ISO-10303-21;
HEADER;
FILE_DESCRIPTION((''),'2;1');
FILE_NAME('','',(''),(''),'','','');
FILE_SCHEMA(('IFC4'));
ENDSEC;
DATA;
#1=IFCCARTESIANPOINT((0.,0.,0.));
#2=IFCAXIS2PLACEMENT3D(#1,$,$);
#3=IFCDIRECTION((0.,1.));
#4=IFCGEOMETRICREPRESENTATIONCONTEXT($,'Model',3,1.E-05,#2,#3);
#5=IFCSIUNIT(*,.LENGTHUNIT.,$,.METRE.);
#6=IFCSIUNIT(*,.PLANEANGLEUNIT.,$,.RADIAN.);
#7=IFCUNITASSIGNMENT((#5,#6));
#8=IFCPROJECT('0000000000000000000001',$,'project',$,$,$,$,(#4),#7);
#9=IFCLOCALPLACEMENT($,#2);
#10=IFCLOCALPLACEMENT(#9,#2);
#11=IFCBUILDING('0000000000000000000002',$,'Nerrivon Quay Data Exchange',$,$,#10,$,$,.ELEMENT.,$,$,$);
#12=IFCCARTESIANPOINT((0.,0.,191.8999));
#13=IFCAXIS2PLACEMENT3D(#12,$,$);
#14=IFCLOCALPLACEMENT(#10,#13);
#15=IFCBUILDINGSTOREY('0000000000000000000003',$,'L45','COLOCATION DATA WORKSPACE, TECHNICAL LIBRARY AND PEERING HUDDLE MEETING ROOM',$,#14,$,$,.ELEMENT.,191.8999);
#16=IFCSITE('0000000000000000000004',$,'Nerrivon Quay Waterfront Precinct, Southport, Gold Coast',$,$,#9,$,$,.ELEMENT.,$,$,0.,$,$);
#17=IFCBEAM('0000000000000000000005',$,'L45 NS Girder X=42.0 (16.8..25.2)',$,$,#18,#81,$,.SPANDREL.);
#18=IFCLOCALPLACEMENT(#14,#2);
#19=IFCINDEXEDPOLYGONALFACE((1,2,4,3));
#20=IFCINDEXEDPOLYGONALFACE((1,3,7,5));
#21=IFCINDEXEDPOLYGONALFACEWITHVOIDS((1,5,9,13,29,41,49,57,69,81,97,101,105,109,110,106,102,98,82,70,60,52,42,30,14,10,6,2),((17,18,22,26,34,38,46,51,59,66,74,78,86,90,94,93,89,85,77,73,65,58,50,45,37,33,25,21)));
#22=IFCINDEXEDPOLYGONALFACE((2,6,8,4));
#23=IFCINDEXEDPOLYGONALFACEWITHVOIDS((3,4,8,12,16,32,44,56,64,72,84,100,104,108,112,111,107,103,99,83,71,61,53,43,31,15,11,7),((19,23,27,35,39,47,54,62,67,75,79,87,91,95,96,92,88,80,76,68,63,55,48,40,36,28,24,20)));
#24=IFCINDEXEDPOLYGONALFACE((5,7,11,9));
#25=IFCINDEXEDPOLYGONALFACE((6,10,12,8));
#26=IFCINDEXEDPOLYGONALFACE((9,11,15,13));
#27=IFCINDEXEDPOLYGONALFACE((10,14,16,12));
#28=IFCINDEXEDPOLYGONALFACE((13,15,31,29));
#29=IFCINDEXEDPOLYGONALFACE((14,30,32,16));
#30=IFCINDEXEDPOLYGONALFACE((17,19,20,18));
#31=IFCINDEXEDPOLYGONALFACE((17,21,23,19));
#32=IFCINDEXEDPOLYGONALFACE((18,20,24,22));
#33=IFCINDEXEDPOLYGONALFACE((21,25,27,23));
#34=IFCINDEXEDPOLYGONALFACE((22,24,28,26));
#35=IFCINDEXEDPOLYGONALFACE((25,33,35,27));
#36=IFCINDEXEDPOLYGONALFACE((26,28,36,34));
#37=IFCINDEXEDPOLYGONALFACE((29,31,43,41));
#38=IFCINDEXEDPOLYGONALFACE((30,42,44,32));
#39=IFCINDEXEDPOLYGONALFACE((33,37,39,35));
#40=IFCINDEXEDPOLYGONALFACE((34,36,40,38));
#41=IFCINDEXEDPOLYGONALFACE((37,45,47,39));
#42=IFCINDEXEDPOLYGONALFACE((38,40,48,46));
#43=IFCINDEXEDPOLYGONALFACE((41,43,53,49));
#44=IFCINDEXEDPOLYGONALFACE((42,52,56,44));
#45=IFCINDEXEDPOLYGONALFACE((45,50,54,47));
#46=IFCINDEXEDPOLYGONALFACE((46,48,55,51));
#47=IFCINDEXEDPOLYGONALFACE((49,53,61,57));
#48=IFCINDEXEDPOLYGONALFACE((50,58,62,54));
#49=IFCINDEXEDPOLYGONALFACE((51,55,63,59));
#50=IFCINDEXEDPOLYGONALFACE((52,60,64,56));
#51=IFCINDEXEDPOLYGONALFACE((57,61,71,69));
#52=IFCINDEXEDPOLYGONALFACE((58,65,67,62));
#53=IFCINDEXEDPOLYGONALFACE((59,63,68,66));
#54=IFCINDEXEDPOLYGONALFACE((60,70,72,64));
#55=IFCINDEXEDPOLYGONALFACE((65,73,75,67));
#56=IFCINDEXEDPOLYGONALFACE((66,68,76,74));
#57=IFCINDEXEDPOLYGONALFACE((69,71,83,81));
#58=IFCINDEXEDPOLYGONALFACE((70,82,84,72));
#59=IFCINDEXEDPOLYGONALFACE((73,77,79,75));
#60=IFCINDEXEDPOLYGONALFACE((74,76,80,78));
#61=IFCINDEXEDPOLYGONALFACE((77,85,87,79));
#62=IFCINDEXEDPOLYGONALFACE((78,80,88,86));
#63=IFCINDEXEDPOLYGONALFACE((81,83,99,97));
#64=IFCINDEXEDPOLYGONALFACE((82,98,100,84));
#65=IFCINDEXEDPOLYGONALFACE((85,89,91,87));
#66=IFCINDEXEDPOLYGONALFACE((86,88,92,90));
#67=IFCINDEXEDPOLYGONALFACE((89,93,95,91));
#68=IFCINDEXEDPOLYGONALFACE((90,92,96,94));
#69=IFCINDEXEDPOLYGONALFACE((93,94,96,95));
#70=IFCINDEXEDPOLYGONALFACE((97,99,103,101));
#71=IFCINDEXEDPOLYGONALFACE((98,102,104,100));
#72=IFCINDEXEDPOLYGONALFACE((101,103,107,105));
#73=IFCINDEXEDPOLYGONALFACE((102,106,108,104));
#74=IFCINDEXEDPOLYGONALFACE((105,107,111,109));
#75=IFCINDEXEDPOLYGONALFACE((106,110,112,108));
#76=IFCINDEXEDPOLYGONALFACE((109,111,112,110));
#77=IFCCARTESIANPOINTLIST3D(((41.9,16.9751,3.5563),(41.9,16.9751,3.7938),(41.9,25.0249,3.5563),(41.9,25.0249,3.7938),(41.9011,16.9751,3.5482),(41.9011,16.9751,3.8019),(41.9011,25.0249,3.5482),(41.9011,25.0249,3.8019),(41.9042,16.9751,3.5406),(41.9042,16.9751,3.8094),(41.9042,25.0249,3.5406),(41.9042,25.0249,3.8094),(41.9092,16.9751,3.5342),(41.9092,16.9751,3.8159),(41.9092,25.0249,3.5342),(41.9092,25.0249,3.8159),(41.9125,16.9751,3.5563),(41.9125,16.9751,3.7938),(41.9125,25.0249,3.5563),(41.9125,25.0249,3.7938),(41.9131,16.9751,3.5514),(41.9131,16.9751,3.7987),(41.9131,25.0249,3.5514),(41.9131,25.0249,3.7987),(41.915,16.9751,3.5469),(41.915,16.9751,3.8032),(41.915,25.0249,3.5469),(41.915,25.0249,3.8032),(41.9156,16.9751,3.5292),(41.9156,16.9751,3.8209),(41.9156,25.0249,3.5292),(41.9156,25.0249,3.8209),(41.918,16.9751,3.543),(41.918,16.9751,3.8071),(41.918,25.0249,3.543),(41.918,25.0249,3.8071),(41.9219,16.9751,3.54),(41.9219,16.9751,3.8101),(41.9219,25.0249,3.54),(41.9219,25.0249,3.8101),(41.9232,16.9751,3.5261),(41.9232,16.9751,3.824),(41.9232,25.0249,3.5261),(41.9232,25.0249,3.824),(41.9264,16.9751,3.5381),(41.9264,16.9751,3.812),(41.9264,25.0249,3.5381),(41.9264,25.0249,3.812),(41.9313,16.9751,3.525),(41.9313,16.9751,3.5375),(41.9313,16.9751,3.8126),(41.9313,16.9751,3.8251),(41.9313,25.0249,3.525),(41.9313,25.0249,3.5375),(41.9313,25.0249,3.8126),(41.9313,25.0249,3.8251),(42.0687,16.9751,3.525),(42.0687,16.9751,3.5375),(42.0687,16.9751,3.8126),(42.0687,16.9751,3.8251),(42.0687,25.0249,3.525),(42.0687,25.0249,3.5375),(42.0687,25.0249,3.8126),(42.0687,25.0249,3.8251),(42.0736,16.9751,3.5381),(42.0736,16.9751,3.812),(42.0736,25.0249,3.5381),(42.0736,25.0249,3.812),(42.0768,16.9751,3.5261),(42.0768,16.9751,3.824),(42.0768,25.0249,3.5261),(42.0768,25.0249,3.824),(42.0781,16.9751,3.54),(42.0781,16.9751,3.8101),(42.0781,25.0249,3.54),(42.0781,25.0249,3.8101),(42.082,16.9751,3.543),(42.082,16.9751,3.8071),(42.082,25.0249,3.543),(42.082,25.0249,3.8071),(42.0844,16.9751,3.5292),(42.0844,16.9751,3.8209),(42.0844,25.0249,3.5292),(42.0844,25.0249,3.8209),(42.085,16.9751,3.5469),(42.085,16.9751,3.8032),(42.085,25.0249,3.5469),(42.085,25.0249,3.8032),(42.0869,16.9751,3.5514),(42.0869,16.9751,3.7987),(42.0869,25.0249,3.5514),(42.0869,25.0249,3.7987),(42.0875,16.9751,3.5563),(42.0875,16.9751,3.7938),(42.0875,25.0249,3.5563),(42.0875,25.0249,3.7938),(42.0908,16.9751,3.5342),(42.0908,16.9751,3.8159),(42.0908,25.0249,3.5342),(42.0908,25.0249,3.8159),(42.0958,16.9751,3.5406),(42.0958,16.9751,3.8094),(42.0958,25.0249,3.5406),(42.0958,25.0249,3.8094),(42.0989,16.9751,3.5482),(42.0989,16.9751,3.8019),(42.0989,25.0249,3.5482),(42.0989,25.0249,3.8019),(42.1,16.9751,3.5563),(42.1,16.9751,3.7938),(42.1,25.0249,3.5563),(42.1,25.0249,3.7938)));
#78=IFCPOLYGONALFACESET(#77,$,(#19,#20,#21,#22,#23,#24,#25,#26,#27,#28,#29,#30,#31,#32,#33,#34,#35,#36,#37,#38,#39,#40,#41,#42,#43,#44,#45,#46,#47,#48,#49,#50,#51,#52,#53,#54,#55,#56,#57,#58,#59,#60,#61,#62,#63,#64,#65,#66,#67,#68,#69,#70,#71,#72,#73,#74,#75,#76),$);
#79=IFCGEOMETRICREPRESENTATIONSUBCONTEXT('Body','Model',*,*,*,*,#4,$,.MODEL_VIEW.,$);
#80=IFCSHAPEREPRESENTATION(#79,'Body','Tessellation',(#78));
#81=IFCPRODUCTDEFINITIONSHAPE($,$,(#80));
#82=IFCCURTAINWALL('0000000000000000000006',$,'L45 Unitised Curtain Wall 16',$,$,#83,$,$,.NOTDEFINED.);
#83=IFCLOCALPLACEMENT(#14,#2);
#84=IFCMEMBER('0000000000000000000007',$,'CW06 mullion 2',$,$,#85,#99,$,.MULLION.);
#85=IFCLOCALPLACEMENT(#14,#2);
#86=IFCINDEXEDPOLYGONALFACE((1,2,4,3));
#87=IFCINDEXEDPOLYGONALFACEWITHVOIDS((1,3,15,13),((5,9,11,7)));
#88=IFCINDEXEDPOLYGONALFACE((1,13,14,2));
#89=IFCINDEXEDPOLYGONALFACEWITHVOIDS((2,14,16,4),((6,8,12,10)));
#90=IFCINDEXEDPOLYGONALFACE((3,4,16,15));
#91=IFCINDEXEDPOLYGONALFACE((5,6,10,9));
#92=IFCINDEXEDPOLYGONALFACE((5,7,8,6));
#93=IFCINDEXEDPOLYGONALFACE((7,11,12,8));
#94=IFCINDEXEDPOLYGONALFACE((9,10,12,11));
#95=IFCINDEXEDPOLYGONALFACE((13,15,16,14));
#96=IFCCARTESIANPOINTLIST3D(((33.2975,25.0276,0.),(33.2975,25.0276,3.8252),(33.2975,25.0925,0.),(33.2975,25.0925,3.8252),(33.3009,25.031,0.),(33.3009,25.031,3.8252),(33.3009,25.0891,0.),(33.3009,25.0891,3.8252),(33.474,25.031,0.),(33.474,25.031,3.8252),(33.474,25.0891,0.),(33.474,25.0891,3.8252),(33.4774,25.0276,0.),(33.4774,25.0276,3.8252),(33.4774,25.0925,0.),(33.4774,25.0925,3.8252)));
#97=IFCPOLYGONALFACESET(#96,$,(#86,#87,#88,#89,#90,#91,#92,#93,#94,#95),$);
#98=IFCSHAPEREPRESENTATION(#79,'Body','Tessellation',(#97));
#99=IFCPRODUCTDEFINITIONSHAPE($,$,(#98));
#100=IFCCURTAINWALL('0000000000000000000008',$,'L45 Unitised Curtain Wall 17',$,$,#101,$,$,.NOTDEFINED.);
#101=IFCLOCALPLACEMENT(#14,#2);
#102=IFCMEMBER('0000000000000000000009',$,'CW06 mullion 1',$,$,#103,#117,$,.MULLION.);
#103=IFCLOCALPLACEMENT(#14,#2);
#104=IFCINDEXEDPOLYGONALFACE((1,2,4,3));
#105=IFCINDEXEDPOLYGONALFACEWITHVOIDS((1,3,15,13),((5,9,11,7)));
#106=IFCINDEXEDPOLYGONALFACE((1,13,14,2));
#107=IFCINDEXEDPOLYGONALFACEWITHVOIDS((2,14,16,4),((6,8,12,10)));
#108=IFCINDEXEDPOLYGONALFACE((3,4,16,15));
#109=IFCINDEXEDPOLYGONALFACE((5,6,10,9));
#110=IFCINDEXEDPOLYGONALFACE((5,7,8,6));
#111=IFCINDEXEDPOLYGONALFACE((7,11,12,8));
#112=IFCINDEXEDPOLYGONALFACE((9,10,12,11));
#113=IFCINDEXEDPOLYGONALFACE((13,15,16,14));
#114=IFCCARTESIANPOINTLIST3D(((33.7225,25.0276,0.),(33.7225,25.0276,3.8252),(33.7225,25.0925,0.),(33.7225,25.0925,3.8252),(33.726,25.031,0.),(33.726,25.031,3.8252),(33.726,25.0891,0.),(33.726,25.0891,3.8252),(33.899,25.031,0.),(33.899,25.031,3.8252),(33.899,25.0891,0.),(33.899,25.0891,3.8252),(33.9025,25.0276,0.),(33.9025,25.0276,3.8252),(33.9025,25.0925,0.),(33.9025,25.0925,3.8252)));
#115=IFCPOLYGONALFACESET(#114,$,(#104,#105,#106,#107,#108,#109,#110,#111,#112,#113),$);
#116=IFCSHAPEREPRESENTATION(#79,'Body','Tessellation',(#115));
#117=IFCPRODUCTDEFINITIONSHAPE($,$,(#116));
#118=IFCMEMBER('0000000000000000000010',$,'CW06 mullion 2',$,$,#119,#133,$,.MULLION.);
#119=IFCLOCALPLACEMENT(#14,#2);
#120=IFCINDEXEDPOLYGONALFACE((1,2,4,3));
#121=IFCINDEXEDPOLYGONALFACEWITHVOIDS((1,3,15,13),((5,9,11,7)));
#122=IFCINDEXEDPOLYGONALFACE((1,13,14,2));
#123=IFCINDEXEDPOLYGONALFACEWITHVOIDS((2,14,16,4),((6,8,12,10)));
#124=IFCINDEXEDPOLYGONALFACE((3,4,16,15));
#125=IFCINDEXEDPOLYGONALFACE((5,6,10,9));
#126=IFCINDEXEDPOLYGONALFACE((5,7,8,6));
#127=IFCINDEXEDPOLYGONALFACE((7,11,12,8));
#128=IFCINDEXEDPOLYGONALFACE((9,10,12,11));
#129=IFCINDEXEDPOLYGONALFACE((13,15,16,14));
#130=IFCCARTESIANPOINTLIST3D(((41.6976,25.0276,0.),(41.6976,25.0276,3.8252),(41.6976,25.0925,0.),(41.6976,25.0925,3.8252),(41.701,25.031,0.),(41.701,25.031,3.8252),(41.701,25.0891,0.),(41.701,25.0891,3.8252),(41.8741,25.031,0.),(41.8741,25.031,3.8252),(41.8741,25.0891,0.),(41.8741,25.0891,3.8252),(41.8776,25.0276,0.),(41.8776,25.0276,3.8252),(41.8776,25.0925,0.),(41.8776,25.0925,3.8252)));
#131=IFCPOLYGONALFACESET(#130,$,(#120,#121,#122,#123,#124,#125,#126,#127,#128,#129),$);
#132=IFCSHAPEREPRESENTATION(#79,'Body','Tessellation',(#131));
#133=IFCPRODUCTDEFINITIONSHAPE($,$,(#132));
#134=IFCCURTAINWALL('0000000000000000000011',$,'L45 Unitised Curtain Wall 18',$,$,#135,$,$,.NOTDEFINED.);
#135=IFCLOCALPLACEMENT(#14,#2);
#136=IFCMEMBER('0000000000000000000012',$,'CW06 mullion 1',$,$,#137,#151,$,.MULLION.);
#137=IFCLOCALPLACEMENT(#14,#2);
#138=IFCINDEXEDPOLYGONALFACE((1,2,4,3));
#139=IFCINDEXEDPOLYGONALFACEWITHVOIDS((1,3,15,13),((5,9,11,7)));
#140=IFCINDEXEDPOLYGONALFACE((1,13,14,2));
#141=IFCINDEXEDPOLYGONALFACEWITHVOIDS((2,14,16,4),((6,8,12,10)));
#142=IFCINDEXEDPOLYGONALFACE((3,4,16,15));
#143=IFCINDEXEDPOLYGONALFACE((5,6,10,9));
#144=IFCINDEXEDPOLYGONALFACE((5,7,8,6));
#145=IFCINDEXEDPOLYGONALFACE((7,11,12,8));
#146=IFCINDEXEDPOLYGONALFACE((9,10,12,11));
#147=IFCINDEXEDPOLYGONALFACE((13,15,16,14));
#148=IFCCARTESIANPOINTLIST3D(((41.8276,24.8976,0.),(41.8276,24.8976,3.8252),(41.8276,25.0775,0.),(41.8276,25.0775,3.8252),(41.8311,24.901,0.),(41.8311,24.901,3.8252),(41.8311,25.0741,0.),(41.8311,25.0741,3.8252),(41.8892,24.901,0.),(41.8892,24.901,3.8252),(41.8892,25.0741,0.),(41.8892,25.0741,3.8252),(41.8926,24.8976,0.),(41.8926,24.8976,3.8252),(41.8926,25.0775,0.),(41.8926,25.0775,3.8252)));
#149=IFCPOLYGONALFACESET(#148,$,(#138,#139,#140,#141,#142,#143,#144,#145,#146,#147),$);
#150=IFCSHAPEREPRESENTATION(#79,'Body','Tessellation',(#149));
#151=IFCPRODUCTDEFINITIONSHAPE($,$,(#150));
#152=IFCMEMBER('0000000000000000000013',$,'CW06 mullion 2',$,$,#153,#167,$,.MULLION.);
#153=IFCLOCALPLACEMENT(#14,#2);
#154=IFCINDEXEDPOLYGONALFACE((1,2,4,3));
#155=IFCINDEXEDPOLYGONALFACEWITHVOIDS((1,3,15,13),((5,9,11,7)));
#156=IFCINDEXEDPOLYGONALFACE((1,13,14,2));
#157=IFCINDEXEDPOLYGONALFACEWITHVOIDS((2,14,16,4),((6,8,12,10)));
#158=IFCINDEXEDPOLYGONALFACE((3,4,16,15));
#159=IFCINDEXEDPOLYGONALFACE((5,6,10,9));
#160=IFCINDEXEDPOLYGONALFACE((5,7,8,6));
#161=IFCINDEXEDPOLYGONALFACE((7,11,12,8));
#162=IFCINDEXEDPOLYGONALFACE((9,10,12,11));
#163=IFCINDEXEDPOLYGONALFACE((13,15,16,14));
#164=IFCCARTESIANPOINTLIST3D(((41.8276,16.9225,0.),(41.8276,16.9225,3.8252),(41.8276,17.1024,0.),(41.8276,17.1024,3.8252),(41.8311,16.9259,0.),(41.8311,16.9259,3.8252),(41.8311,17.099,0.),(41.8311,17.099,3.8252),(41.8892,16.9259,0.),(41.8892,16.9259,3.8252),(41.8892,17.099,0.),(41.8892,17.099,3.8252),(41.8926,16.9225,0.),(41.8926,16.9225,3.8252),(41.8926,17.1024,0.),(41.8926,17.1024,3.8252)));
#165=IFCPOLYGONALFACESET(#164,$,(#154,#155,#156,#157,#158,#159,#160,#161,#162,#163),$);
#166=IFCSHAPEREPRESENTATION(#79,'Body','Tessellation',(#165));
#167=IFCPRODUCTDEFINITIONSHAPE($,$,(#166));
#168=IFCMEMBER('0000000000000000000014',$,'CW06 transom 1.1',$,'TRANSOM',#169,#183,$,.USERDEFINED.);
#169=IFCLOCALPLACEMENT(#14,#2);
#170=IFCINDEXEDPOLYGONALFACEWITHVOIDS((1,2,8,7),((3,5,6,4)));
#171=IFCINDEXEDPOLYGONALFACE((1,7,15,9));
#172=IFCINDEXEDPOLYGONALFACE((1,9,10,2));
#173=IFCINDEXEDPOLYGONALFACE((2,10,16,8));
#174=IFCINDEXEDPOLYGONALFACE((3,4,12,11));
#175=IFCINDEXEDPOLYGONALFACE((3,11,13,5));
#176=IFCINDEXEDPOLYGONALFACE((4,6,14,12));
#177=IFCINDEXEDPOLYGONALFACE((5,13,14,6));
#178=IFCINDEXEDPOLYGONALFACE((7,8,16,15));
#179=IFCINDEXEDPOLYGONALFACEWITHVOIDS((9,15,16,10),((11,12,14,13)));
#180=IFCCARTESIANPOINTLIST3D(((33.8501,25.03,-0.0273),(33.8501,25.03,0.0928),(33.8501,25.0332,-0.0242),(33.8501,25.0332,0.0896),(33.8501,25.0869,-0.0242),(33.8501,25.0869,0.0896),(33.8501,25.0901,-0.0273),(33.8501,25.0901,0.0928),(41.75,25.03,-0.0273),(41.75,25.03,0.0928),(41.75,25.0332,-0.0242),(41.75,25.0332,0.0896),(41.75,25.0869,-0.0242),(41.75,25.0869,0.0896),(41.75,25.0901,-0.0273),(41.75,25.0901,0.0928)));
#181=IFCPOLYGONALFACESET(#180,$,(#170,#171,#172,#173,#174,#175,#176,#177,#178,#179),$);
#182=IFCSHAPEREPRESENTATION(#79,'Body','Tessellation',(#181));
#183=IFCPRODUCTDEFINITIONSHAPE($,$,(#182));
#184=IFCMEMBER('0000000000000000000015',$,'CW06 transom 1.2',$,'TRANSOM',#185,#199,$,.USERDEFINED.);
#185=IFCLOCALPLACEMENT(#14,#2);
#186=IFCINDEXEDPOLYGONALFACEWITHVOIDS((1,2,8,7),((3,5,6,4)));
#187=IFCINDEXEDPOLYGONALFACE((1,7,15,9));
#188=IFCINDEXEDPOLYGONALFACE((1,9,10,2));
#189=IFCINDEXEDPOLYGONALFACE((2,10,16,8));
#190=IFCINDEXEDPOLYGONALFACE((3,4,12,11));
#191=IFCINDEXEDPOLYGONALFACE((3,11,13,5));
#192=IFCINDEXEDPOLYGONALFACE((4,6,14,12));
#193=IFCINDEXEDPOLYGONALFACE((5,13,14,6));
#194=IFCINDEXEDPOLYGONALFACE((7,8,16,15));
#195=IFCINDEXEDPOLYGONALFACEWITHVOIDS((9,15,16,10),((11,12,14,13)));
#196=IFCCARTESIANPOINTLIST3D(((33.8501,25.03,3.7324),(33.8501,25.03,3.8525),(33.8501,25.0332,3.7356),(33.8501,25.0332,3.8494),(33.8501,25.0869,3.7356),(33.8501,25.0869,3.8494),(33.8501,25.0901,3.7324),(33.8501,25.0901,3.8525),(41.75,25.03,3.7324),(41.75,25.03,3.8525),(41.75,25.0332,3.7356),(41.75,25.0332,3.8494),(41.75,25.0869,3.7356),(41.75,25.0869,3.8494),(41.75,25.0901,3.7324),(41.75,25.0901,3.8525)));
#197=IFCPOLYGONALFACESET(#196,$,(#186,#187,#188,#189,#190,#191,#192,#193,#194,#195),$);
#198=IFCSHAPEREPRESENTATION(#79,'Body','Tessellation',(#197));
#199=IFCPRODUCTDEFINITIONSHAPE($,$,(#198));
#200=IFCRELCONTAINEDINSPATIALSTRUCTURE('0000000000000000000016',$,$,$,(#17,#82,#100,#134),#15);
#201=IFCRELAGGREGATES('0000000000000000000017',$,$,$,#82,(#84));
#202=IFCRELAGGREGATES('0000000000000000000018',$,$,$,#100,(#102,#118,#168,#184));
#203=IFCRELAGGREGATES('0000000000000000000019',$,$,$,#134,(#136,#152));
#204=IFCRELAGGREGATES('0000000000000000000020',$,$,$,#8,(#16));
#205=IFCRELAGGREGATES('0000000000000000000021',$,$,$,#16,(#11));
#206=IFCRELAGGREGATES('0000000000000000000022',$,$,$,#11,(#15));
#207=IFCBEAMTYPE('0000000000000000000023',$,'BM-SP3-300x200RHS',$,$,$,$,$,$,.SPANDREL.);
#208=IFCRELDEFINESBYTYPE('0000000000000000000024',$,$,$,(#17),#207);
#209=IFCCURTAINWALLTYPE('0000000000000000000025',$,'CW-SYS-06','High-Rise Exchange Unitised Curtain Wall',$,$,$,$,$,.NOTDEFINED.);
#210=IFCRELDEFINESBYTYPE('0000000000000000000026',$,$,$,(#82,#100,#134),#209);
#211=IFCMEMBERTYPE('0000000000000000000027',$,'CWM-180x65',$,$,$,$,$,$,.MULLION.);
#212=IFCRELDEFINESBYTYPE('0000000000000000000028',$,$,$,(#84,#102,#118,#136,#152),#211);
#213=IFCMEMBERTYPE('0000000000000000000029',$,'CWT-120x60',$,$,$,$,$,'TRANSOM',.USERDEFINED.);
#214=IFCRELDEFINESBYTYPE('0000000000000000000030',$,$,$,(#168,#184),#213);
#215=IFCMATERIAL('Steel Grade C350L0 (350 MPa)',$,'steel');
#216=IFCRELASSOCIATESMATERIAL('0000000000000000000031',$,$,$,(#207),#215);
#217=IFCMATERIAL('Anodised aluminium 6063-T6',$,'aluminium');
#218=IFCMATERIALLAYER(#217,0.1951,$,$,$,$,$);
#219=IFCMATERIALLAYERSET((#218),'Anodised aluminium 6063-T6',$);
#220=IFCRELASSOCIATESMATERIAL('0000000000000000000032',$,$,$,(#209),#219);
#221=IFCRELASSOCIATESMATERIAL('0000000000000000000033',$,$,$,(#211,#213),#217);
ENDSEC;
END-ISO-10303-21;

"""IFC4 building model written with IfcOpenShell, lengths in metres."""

from ifc_helpers import new_model, si_unit, direction, frame, origin, origin_2d, place, context, subcontext, project, spatial, hollow_rectangle, extrude, material, layer, layer_set, material_profile, profile_set, type_object, element, aggregate, save


model = new_model("IFC4")

# Units and contexts
model_context = context("Model", 3, precision=1e-05, world=origin(), true_north=direction((0.0, 1.0)))
body_context = subcontext(model_context, "Body", "Model", "MODEL_VIEW")
ifc_project = project(units=[si_unit("LENGTHUNIT", "METRE"), si_unit("PLANEANGLEUNIT", "RADIAN")], contexts=[model_context])

# Site, building, storey
site_placement = place(None, origin())
site = spatial("IfcSite", under=ifc_project, at=site_placement, Name="Nerrivon Quay Waterfront Precinct, Southport, Gold Coast", CompositionType="ELEMENT", RefElevation=0.0)
building_placement = place(site_placement, origin())
building = spatial("IfcBuilding", under=site, at=building_placement, Name="Nerrivon Quay Data Exchange", CompositionType="ELEMENT")
storey_placement = place(building_placement, frame((0.0, 0.0, 191.8999)))
storey = spatial("IfcBuildingStorey", under=building, at=storey_placement, Name="L45", Description="COLOCATION DATA WORKSPACE, TECHNICAL LIBRARY AND PEERING HUDDLE MEETING ROOM", CompositionType="ELEMENT", Elevation=191.8999)

# Beam
ifc_material_1 = material(Name="Steel Grade C350L0 (350 MPa)", Category="steel")
ifc_material_profile_1 = material_profile(ifc_material_1, hollow_rectangle(XDim=0.2, YDim=0.3, WallThickness=0.0125, InnerFilletRadius=0.0188, OuterFilletRadius=0.0312, at=origin_2d()), Name="300x200x12.5RHS")
ifc_profile_set_1 = profile_set([ifc_material_profile_1], Name="Steel Grade C350L0 (350 MPa)")
beam_type_1 = type_object("IfcBeamType", Name="BM-SP3-300x200RHS", PredefinedType="SPANDREL", material=ifc_profile_set_1)
beam_1_placement = place(storey_placement, frame((42.0, 16.9751, 3.675), z_axis=(0.0, 1.0, 0.0), x_axis=(-1.0, 0.0, 0.0)))
element("IfcBeam", 1, at=beam_1_placement, inside=storey, type_object=beam_type_1, Name="L45 NS Girder X=42.0 (16.8..25.2)", PredefinedType="SPANDREL", context=body_context, shape_type="SweptSolid", body=[
    extrude(hollow_rectangle(XDim=0.2, YDim=0.3, WallThickness=0.0125, InnerFilletRadius=0.0188, OuterFilletRadius=0.0312, at=origin_2d()), origin(), (0.0, 0.0, 1.0), 8.0498),
])

# Curtain wall, member
ifc_material_2 = material(Name="Anodised aluminium 6063-T6", Category="aluminium")
ifc_layer_1 = layer(ifc_material_2, 0.1951)
ifc_layer_set_1 = layer_set([ifc_layer_1], Name="Anodised aluminium 6063-T6")
curtain_wall_type = type_object("IfcCurtainWallType", Name="CW-SYS-06", Description="High-Rise Exchange Unitised Curtain Wall", PredefinedType="NOTDEFINED", material=ifc_layer_set_1)
curtain_wall_1_placement = place(storey_placement, origin())
curtain_wall_1 = element("IfcCurtainWall", 2, at=curtain_wall_1_placement, inside=storey, type_object=curtain_wall_type, Name="L45 Unitised Curtain Wall 16", PredefinedType="NOTDEFINED")
ifc_material_profile_2 = material_profile(ifc_material_2, hollow_rectangle(XDim=0.0649, YDim=0.1799, WallThickness=0.0034, at=origin_2d()), Name="ALU-MULL-180x65")
ifc_profile_set_2 = profile_set([ifc_material_profile_2], Name="Anodised aluminium 6063-T6")
member_type_1 = type_object("IfcMemberType", Name="CWM-180x65", PredefinedType="MULLION", material=ifc_profile_set_2)
member_1_placement = place(storey_placement, frame((33.3875, 25.0601, 0.0), z_axis=(0.0, 0.0, 1.0), x_axis=(0.0, 1.0, 0.0)))
member_1 = element("IfcMember", 3, at=member_1_placement, type_object=member_type_1, Name="CW06 mullion 2", PredefinedType="MULLION", context=body_context, shape_type="SweptSolid", body=[
    extrude(hollow_rectangle(XDim=0.0649, YDim=0.1799, WallThickness=0.0034, at=origin_2d()), origin(), (0.0, 0.0, 1.0), 3.8252),
])

# Curtain walls, members
curtain_wall_2_placement = place(storey_placement, origin())
curtain_wall_2 = element("IfcCurtainWall", 4, at=curtain_wall_2_placement, inside=storey, type_object=curtain_wall_type, Name="L45 Unitised Curtain Wall 17", PredefinedType="NOTDEFINED")
member_2_placement = place(storey_placement, frame((33.8125, 25.0601, 0.0), z_axis=(0.0, 0.0, 1.0), x_axis=(0.0, 1.0, 0.0)))
member_2 = element("IfcMember", 5, at=member_2_placement, type_object=member_type_1, Name="CW06 mullion 1", PredefinedType="MULLION", context=body_context, shape_type="SweptSolid", body=[
    extrude(hollow_rectangle(XDim=0.0649, YDim=0.1799, WallThickness=0.0034, at=origin_2d()), origin(), (0.0, 0.0, 1.0), 3.8252),
])
member_3_placement = place(storey_placement, frame((41.7876, 25.0601, 0.0), z_axis=(0.0, 0.0, 1.0), x_axis=(0.0, 1.0, 0.0)))
member_3 = element("IfcMember", 6, at=member_3_placement, type_object=member_type_1, Name="CW06 mullion 2", PredefinedType="MULLION", context=body_context, shape_type="SweptSolid", body=[
    extrude(hollow_rectangle(XDim=0.0649, YDim=0.1799, WallThickness=0.0034, at=origin_2d()), origin(), (0.0, 0.0, 1.0), 3.8252),
])
curtain_wall_3_placement = place(storey_placement, origin())
curtain_wall_3 = element("IfcCurtainWall", 7, at=curtain_wall_3_placement, inside=storey, type_object=curtain_wall_type, Name="L45 Unitised Curtain Wall 18", PredefinedType="NOTDEFINED")
member_4_placement = place(storey_placement, frame((41.8601, 24.9875, 0.0), z_axis=(0.0, 0.0, 1.0), x_axis=(1.0, 0.0, 0.0)))
member_4 = element("IfcMember", 8, at=member_4_placement, type_object=member_type_1, Name="CW06 mullion 1", PredefinedType="MULLION", context=body_context, shape_type="SweptSolid", body=[
    extrude(hollow_rectangle(XDim=0.0649, YDim=0.1799, WallThickness=0.0034, at=origin_2d()), origin(), (0.0, 0.0, 1.0), 3.8252),
])
member_5_placement = place(storey_placement, frame((41.8601, 17.0125, 0.0), z_axis=(0.0, 0.0, 1.0), x_axis=(1.0, 0.0, 0.0)))
member_5 = element("IfcMember", 9, at=member_5_placement, type_object=member_type_1, Name="CW06 mullion 2", PredefinedType="MULLION", context=body_context, shape_type="SweptSolid", body=[
    extrude(hollow_rectangle(XDim=0.0649, YDim=0.1799, WallThickness=0.0034, at=origin_2d()), origin(), (0.0, 0.0, 1.0), 3.8252),
])

# Members
ifc_material_profile_3 = material_profile(ifc_material_2, hollow_rectangle(XDim=0.0601, YDim=0.1201, WallThickness=0.0032, at=origin_2d()), Name="ALU-TRAN-120x60")
ifc_profile_set_3 = profile_set([ifc_material_profile_3], Name="Anodised aluminium 6063-T6")
member_type_2 = type_object("IfcMemberType", Name="CWT-120x60", ElementType="TRANSOM", PredefinedType="USERDEFINED", material=ifc_profile_set_3)
member_6_placement = place(storey_placement, frame((33.8501, 25.0601, 0.0327), z_axis=(1.0, 0.0, 0.0), x_axis=(0.0, 1.0, 0.0)))
member_6 = element("IfcMember", 10, at=member_6_placement, type_object=member_type_2, Name="CW06 transom 1.1", ObjectType="TRANSOM", PredefinedType="USERDEFINED", context=body_context, shape_type="SweptSolid", body=[
    extrude(hollow_rectangle(XDim=0.0601, YDim=0.1201, WallThickness=0.0032, at=origin_2d()), origin(), (0.0, 0.0, 1.0), 7.8999),
])
member_7_placement = place(storey_placement, frame((33.8501, 25.0601, 3.7925), z_axis=(1.0, 0.0, 0.0), x_axis=(0.0, 1.0, 0.0)))
member_7 = element("IfcMember", 11, at=member_7_placement, type_object=member_type_2, Name="CW06 transom 1.2", ObjectType="TRANSOM", PredefinedType="USERDEFINED", context=body_context, shape_type="SweptSolid", body=[
    extrude(hollow_rectangle(XDim=0.0601, YDim=0.1201, WallThickness=0.0032, at=origin_2d()), origin(), (0.0, 0.0, 1.0), 7.8999),
])

aggregate(curtain_wall_1, [member_1])
aggregate(curtain_wall_2, [member_2, member_3, member_6, member_7])
aggregate(curtain_wall_3, [member_4, member_5])

save(model, "model.ifc")
